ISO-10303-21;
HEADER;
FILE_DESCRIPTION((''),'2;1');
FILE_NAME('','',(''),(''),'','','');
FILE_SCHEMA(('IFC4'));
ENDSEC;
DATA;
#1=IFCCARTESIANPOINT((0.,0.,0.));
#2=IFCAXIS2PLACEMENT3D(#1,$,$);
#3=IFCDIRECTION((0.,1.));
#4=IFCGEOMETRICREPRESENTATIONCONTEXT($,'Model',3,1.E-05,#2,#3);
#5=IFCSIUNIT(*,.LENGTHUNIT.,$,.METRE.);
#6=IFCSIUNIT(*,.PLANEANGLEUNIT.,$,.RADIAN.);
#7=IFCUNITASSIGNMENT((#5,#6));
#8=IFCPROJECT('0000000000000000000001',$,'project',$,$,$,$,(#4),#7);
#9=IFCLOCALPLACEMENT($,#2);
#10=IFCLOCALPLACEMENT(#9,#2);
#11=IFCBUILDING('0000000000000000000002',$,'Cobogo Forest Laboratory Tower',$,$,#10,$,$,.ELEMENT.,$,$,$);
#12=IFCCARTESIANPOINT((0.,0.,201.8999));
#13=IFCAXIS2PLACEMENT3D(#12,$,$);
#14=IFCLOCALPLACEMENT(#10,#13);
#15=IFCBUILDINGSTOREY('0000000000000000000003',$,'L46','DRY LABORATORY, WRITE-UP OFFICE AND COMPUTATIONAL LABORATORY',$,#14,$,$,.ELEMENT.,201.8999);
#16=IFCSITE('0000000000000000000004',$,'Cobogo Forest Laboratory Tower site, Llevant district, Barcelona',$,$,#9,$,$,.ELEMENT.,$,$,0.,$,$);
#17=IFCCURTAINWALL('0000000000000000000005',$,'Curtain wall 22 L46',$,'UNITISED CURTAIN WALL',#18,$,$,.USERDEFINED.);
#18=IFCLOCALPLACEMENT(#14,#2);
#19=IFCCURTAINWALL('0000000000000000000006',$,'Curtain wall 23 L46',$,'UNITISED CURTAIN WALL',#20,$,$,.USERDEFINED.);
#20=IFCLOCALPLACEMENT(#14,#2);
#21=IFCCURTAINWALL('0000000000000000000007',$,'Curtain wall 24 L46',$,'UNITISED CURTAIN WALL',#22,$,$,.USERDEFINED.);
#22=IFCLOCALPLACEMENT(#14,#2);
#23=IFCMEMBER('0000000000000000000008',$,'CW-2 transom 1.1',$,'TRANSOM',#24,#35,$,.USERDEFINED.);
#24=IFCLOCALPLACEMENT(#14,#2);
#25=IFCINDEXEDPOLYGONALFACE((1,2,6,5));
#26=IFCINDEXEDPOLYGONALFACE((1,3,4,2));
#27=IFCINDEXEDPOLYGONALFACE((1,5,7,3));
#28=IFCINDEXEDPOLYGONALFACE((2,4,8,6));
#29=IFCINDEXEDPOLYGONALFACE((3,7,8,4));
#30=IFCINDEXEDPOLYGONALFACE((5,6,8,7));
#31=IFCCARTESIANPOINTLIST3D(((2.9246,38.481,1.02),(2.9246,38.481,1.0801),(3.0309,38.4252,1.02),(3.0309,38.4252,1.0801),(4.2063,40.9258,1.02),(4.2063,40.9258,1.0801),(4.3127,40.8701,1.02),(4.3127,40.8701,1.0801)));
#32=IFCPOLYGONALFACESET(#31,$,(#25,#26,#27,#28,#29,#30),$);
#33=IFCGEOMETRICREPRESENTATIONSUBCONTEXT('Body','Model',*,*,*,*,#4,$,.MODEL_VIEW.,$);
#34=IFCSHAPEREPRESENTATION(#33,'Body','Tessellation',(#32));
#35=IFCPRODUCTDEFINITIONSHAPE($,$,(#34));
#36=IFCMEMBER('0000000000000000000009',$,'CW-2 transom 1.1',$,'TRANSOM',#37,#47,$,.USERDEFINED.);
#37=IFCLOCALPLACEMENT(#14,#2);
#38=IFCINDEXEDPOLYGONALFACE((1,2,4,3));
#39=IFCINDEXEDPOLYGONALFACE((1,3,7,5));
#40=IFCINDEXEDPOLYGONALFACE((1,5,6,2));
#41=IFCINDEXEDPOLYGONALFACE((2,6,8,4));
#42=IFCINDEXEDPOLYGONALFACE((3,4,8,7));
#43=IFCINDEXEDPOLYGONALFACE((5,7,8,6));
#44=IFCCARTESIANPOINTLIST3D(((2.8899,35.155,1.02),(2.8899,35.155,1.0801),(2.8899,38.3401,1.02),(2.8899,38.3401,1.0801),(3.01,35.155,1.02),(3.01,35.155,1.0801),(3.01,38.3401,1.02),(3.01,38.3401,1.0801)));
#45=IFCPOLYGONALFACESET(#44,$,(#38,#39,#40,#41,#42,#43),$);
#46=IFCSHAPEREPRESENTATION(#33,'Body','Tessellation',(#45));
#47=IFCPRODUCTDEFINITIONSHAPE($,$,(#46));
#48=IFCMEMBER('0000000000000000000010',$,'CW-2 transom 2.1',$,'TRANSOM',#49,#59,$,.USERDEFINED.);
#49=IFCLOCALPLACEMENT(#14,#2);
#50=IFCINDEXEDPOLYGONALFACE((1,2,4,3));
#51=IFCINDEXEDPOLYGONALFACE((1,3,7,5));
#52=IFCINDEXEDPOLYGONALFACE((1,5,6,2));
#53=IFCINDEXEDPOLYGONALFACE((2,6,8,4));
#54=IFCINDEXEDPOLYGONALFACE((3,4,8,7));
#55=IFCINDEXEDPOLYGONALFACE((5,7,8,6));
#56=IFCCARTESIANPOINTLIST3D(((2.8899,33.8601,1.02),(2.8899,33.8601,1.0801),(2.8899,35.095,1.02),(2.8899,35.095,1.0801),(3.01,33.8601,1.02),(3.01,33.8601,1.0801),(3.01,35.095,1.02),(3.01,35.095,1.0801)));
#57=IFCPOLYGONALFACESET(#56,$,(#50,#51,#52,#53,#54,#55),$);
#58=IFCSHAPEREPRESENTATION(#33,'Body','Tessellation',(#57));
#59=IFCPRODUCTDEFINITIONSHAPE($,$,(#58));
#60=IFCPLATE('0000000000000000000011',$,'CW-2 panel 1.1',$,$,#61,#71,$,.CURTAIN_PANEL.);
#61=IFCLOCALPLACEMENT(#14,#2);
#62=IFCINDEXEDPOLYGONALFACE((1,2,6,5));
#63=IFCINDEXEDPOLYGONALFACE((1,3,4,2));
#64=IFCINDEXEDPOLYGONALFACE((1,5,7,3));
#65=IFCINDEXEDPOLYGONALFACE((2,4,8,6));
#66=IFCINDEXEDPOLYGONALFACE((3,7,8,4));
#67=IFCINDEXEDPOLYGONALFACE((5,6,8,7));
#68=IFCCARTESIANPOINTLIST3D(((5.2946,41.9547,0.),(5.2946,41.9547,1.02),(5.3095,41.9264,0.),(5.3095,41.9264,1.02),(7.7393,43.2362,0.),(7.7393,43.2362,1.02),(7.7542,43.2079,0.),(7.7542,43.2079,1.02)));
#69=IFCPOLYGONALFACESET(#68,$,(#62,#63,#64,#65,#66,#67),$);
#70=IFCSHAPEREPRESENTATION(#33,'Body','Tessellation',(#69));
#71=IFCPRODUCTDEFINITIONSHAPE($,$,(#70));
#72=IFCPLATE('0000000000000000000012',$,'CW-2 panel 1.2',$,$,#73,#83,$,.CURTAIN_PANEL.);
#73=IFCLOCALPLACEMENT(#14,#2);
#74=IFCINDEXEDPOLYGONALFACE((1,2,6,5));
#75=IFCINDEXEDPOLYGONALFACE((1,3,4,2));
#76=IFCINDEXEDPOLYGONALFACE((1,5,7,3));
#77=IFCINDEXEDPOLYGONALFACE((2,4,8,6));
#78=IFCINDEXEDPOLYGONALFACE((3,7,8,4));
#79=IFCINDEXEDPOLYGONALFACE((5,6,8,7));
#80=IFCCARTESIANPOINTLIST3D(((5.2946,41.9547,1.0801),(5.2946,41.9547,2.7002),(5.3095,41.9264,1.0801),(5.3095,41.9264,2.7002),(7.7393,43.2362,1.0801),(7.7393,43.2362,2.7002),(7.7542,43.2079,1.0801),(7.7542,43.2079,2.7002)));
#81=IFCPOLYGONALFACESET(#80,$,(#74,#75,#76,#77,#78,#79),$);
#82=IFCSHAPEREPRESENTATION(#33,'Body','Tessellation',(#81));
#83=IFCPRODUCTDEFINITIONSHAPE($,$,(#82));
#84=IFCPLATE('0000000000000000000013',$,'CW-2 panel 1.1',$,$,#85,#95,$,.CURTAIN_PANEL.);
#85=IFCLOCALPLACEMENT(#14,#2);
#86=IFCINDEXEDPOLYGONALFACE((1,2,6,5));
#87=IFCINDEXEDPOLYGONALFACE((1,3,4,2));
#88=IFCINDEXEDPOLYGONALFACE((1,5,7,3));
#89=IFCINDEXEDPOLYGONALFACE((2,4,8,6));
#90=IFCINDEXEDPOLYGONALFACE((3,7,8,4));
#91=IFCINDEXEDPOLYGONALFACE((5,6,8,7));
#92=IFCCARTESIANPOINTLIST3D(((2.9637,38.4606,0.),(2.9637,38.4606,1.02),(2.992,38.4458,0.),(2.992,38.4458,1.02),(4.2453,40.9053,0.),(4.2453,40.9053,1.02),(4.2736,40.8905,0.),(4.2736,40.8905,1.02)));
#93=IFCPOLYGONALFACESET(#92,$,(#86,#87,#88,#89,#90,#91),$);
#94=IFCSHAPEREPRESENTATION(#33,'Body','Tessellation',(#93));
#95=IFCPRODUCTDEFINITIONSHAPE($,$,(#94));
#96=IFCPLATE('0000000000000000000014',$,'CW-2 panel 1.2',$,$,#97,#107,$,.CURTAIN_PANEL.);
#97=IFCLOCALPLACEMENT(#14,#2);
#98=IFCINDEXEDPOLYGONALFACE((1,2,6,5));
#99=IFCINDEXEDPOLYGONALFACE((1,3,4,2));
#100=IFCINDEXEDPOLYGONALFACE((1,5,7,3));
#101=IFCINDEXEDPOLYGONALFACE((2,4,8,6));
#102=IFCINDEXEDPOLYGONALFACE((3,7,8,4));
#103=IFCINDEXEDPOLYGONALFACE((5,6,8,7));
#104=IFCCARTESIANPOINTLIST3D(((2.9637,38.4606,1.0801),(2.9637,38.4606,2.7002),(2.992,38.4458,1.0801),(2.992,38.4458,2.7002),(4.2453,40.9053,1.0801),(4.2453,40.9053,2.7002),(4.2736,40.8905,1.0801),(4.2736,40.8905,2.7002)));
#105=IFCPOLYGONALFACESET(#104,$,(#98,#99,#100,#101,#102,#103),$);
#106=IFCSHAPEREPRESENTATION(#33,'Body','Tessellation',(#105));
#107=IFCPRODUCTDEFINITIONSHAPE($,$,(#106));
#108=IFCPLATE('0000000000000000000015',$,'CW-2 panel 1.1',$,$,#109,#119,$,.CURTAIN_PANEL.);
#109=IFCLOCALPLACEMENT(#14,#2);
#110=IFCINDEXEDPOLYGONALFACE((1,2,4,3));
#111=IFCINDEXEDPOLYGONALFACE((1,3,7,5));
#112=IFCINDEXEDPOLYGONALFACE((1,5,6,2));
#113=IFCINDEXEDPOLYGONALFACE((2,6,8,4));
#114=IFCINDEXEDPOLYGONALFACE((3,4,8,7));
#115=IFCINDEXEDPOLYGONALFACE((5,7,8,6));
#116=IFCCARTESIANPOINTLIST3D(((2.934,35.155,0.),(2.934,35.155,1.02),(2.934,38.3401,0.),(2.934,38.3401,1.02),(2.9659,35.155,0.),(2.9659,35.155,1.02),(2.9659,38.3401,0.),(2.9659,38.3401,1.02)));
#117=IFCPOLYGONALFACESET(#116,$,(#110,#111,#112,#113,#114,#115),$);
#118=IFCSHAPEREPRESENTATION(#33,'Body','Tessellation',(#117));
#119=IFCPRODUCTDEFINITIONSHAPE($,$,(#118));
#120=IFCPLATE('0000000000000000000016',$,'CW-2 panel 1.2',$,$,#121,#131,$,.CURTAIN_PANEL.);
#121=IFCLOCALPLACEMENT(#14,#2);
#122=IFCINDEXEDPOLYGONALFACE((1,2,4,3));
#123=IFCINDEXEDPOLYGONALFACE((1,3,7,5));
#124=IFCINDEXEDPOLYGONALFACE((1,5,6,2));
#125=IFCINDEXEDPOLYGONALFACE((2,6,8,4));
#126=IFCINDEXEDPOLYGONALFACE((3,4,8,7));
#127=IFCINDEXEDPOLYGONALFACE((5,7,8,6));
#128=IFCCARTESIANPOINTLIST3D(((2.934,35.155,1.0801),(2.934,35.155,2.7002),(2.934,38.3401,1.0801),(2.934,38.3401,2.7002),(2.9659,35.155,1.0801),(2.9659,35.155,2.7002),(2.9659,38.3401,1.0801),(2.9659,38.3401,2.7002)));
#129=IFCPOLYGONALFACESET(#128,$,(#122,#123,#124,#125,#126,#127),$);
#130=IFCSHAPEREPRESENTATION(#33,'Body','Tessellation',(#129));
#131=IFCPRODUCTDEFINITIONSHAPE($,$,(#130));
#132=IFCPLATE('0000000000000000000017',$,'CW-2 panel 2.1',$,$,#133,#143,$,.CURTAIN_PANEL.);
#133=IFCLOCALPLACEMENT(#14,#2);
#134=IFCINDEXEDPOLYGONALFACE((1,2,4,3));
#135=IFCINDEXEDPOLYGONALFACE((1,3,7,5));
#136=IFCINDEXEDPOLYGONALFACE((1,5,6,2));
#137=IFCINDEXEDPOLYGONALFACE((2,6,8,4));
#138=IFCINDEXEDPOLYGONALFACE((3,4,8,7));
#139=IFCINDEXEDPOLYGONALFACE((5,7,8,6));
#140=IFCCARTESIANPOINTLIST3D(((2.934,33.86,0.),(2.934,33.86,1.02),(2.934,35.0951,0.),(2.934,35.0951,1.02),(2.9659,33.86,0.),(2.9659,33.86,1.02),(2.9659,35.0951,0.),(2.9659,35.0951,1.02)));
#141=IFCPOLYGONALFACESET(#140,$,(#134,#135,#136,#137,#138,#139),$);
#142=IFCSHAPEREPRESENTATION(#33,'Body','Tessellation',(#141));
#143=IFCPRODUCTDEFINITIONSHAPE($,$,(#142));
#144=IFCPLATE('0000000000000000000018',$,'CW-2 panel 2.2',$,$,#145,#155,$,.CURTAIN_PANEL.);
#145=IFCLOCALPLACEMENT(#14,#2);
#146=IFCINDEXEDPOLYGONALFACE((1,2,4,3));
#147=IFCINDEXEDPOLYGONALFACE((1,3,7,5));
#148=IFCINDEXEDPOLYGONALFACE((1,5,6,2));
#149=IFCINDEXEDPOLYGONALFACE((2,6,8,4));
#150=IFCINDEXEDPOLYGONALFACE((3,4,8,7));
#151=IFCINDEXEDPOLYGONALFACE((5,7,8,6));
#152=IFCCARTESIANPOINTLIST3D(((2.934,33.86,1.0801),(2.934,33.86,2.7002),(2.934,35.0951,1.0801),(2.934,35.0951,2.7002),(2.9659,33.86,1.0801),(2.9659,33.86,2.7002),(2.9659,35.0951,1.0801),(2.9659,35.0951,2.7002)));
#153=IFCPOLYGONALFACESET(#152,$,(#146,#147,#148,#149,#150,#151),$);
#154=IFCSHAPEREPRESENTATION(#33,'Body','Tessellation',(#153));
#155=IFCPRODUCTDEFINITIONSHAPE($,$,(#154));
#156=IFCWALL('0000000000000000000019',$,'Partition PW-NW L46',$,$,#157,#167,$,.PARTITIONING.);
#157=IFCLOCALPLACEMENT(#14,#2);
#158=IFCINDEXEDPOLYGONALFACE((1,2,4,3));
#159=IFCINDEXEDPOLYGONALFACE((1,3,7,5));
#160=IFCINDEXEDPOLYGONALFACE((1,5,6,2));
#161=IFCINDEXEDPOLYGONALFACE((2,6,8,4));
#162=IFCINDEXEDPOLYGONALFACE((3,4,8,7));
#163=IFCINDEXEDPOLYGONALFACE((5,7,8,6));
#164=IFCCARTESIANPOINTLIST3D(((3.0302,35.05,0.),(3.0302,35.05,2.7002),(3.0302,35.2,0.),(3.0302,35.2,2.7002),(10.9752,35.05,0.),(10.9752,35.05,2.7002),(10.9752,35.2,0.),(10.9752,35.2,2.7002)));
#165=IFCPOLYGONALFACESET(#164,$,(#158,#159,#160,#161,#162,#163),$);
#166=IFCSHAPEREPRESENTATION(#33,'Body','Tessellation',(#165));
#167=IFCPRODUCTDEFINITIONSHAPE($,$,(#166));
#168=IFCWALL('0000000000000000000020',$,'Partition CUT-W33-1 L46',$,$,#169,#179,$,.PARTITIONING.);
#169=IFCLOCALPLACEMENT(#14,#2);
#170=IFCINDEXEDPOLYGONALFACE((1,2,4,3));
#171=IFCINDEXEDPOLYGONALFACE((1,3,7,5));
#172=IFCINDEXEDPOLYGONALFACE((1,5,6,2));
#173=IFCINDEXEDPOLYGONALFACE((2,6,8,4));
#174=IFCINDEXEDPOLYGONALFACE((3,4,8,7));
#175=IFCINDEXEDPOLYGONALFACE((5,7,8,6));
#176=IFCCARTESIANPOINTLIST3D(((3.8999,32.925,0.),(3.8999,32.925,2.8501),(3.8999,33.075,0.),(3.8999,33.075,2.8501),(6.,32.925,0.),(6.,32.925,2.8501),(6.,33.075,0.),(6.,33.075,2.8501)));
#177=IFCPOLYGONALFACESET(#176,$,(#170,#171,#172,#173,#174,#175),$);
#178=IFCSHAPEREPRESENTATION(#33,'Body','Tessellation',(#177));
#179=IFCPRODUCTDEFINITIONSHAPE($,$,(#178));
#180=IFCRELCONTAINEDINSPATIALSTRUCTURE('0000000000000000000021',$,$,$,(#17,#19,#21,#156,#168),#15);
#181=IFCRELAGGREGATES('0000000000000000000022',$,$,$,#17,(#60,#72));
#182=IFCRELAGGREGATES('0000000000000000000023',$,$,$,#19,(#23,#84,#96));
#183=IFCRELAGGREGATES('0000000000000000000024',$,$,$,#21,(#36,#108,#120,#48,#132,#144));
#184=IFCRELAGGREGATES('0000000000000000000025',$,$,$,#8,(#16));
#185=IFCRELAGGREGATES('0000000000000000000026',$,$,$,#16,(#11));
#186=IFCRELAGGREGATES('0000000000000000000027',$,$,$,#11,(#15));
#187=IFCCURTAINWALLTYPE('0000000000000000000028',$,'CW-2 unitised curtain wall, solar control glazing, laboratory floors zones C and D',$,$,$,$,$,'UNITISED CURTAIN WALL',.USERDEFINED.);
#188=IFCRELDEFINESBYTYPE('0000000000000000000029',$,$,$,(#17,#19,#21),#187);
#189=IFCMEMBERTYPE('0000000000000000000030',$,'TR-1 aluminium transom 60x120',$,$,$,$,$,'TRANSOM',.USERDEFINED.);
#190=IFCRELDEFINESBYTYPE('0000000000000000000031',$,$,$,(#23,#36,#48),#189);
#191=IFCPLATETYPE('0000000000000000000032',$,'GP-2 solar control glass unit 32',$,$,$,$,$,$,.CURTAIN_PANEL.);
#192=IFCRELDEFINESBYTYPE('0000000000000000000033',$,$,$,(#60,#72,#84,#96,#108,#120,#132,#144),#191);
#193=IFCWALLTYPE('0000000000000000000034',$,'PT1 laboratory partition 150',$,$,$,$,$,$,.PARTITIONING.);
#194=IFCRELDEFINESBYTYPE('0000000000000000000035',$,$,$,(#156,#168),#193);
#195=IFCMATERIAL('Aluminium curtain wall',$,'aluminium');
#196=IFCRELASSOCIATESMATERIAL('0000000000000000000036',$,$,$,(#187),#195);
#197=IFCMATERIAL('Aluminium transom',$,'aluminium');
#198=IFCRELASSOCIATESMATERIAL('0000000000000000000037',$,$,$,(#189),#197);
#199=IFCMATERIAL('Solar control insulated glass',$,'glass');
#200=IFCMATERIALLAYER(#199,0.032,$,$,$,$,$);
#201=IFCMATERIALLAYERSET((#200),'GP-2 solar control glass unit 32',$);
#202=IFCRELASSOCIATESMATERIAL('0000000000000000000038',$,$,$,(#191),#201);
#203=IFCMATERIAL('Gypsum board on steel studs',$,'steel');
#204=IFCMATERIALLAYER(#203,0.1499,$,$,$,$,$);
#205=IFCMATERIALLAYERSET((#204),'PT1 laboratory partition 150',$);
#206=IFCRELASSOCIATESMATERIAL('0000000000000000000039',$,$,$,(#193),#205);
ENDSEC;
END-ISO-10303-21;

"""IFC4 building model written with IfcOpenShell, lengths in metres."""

from ifc_helpers import new_model, si_unit, direction, frame, frame_2d, origin, origin_2d, place, context, subcontext, project, spatial, rectangle, extrude, material, layer, layer_set, material_profile, profile_set, type_object, element, aggregate, save


model = new_model("IFC4")

# Units and contexts
model_context = context("Model", 3, precision=1e-05, world=origin(), true_north=direction((0.0, 1.0)))
body_context = subcontext(model_context, "Body", "Model", "MODEL_VIEW")
ifc_project = project(units=[si_unit("LENGTHUNIT", "METRE"), si_unit("PLANEANGLEUNIT", "RADIAN")], contexts=[model_context])

# Site, building, storey
site_placement = place(None, origin())
site = spatial("IfcSite", under=ifc_project, at=site_placement, Name="Cobogo Forest Laboratory Tower site, Llevant district, Barcelona", CompositionType="ELEMENT", RefElevation=0.0)
building_placement = place(site_placement, origin())
building = spatial("IfcBuilding", under=site, at=building_placement, Name="Cobogo Forest Laboratory Tower", CompositionType="ELEMENT")
storey_placement = place(building_placement, frame((0.0, 0.0, 201.8999)))
storey = spatial("IfcBuildingStorey", under=building, at=storey_placement, Name="L46", Description="DRY LABORATORY, WRITE-UP OFFICE AND COMPUTATIONAL LABORATORY", CompositionType="ELEMENT", Elevation=201.8999)

# Curtain wall
ifc_material_1 = material(Name="Aluminium curtain wall", Category="aluminium")
curtain_wall_type = type_object("IfcCurtainWallType", Name="CW-2 unitised curtain wall, solar control glazing, laboratory floors zones C and D", ElementType="UNITISED CURTAIN WALL", PredefinedType="USERDEFINED", material=ifc_material_1)
curtain_wall_1_placement = place(storey_placement, origin())
curtain_wall_1 = element("IfcCurtainWall", 1, at=curtain_wall_1_placement, inside=storey, type_object=curtain_wall_type, Name="Curtain wall 22 L46", ObjectType="UNITISED CURTAIN WALL", PredefinedType="USERDEFINED")

# Curtain walls
curtain_wall_2_placement = place(storey_placement, origin())
curtain_wall_2 = element("IfcCurtainWall", 2, at=curtain_wall_2_placement, inside=storey, type_object=curtain_wall_type, Name="Curtain wall 23 L46", ObjectType="UNITISED CURTAIN WALL", PredefinedType="USERDEFINED")
curtain_wall_3_placement = place(storey_placement, origin())
curtain_wall_3 = element("IfcCurtainWall", 3, at=curtain_wall_3_placement, inside=storey, type_object=curtain_wall_type, Name="Curtain wall 24 L46", ObjectType="UNITISED CURTAIN WALL", PredefinedType="USERDEFINED")

# Members
ifc_material_2 = material(Name="Aluminium transom", Category="aluminium")
ifc_material_profile_1 = material_profile(ifc_material_2, rectangle(XDim=0.1201, YDim=0.0601, at=origin_2d()), Name="AL 60x120")
ifc_profile_set_1 = profile_set([ifc_material_profile_1], Name="Aluminium transom")
member_type_1 = type_object("IfcMemberType", Name="TR-1 aluminium transom 60x120", ElementType="TRANSOM", PredefinedType="USERDEFINED", material=ifc_profile_set_1)
member_1_placement = place(storey_placement, frame((4.2595, 40.8979, 1.05), z_axis=(-0.464324, -0.885665, 0.0), x_axis=(0.885665, -0.464324, 0.0)))
member_1 = element("IfcMember", 4, at=member_1_placement, type_object=member_type_1, Name="CW-2 transom 1.1", ObjectType="TRANSOM", PredefinedType="USERDEFINED", context=body_context, shape_type="SweptSolid", body=[
    extrude(rectangle(XDim=0.1201, YDim=0.0601, at=origin_2d()), origin(), (0.0, 0.0, 1.0), 2.7605),
])
member_2_placement = place(storey_placement, frame((2.95, 38.3401, 1.05), z_axis=(0.0, -1.0, 0.0), x_axis=(1.0, 0.0, 0.0)))
member_2 = element("IfcMember", 5, at=member_2_placement, type_object=member_type_1, Name="CW-2 transom 1.1", ObjectType="TRANSOM", PredefinedType="USERDEFINED", context=body_context, shape_type="SweptSolid", body=[
    extrude(rectangle(XDim=0.1201, YDim=0.0601, at=origin_2d()), origin(), (0.0, 0.0, 1.0), 3.1851),
])
member_3_placement = place(storey_placement, frame((2.95, 35.095, 1.05), z_axis=(0.0, -1.0, 0.0), x_axis=(1.0, 0.0, 0.0)))
member_3 = element("IfcMember", 6, at=member_3_placement, type_object=member_type_1, Name="CW-2 transom 2.1", ObjectType="TRANSOM", PredefinedType="USERDEFINED", context=body_context, shape_type="SweptSolid", body=[
    extrude(rectangle(XDim=0.1201, YDim=0.0601, at=origin_2d()), origin(), (0.0, 0.0, 1.0), 1.2349),
])

# Plates
ifc_material_3 = material(Name="Solar control insulated glass", Category="glass")
ifc_layer_1 = layer(ifc_material_3, 0.032)
ifc_layer_set_1 = layer_set([ifc_layer_1], Name="GP-2 solar control glass unit 32")
plate_type = type_object("IfcPlateType", Name="GP-2 solar control glass unit 32", PredefinedType="CURTAIN_PANEL", material=ifc_layer_set_1)
plate_1_placement = place(storey_placement, frame((6.5244, 42.5813, 0.0), z_axis=(0.0, 0.0, 1.0), x_axis=(-0.885686, -0.464284, 0.0)))
plate_1 = element("IfcPlate", 7, at=plate_1_placement, type_object=plate_type, Name="CW-2 panel 1.1", PredefinedType="CURTAIN_PANEL", context=body_context, shape_type="SweptSolid", body=[
    extrude(rectangle(XDim=2.7603, YDim=0.032, at=origin_2d()), origin(), (0.0, 0.0, 1.0), 1.02),
])
plate_2_placement = place(storey_placement, frame((6.5244, 42.5813, 1.0801), z_axis=(0.0, 0.0, 1.0), x_axis=(-0.885686, -0.464284, 0.0)))
plate_2 = element("IfcPlate", 8, at=plate_2_placement, type_object=plate_type, Name="CW-2 panel 1.2", PredefinedType="CURTAIN_PANEL", context=body_context, shape_type="SweptSolid", body=[
    extrude(rectangle(XDim=2.7603, YDim=0.032, at=origin_2d()), origin(), (0.0, 0.0, 1.0), 1.6201),
])
aggregate(curtain_wall_1, [plate_1, plate_2])
plate_3_placement = place(storey_placement, frame((3.6187, 39.6755, 0.0), z_axis=(0.0, 0.0, 1.0), x_axis=(-0.464284, -0.885686, 0.0)))
plate_3 = element("IfcPlate", 9, at=plate_3_placement, type_object=plate_type, Name="CW-2 panel 1.1", PredefinedType="CURTAIN_PANEL", context=body_context, shape_type="SweptSolid", body=[
    extrude(rectangle(XDim=2.7603, YDim=0.032, at=origin_2d()), origin(), (0.0, 0.0, 1.0), 1.02),
])
plate_4_placement = place(storey_placement, frame((3.6187, 39.6755, 1.0801), z_axis=(0.0, 0.0, 1.0), x_axis=(-0.464284, -0.885686, 0.0)))
plate_4 = element("IfcPlate", 10, at=plate_4_placement, type_object=plate_type, Name="CW-2 panel 1.2", PredefinedType="CURTAIN_PANEL", context=body_context, shape_type="SweptSolid", body=[
    extrude(rectangle(XDim=2.7603, YDim=0.032, at=origin_2d()), origin(), (0.0, 0.0, 1.0), 1.6201),
])
aggregate(curtain_wall_2, [member_1, plate_3, plate_4])
plate_5_placement = place(storey_placement, frame((2.95, 36.7476, 0.0), z_axis=(0.0, 0.0, 1.0), x_axis=(0.0, -1.0, 0.0)))
plate_5 = element("IfcPlate", 11, at=plate_5_placement, type_object=plate_type, Name="CW-2 panel 1.1", PredefinedType="CURTAIN_PANEL", context=body_context, shape_type="SweptSolid", body=[
    extrude(rectangle(XDim=3.1851, YDim=0.032, at=origin_2d()), origin(), (0.0, 0.0, 1.0), 1.02),
])
plate_6_placement = place(storey_placement, frame((2.95, 36.7476, 1.0801), z_axis=(0.0, 0.0, 1.0), x_axis=(0.0, -1.0, 0.0)))
plate_6 = element("IfcPlate", 12, at=plate_6_placement, type_object=plate_type, Name="CW-2 panel 1.2", PredefinedType="CURTAIN_PANEL", context=body_context, shape_type="SweptSolid", body=[
    extrude(rectangle(XDim=3.1851, YDim=0.032, at=origin_2d()), origin(), (0.0, 0.0, 1.0), 1.6201),
])
plate_7_placement = place(storey_placement, frame((2.95, 34.4775, 0.0), z_axis=(0.0, 0.0, 1.0), x_axis=(0.0, -1.0, 0.0)))
plate_7 = element("IfcPlate", 13, at=plate_7_placement, type_object=plate_type, Name="CW-2 panel 2.1", PredefinedType="CURTAIN_PANEL", context=body_context, shape_type="SweptSolid", body=[
    extrude(rectangle(XDim=1.2351, YDim=0.032, at=origin_2d()), origin(), (0.0, 0.0, 1.0), 1.02),
])
plate_8_placement = place(storey_placement, frame((2.95, 34.4775, 1.0801), z_axis=(0.0, 0.0, 1.0), x_axis=(0.0, -1.0, 0.0)))
plate_8 = element("IfcPlate", 14, at=plate_8_placement, type_object=plate_type, Name="CW-2 panel 2.2", PredefinedType="CURTAIN_PANEL", context=body_context, shape_type="SweptSolid", body=[
    extrude(rectangle(XDim=1.2351, YDim=0.032, at=origin_2d()), origin(), (0.0, 0.0, 1.0), 1.6201),
])
aggregate(curtain_wall_3, [member_2, plate_5, plate_6, member_3, plate_7, plate_8])

# Walls
ifc_material_4 = material(Name="Gypsum board on steel studs", Category="steel")
ifc_layer_2 = layer(ifc_material_4, 0.1499)
ifc_layer_set_2 = layer_set([ifc_layer_2], Name="PT1 laboratory partition 150")
wall_type = type_object("IfcWallType", Name="PT1 laboratory partition 150", PredefinedType="PARTITIONING", material=ifc_layer_set_2)
wall_1_placement = place(storey_placement, frame((3.03, 35.125, 0.0), z_axis=(0.0, 0.0, 1.0), x_axis=(1.0, 0.0, 0.0)))
element("IfcWall", 15, at=wall_1_placement, inside=storey, type_object=wall_type, Name="Partition PW-NW L46", PredefinedType="PARTITIONING", context=body_context, shape_type="SweptSolid", body=[
    extrude(rectangle(XDim=7.9451, YDim=0.1499, at=frame_2d((3.9727, 0.0))), origin(), (0.0, 0.0, 1.0), 2.7002),
])
wall_2_placement = place(storey_placement, frame((3.8999, 33.0, 0.0), z_axis=(0.0, 0.0, 1.0), x_axis=(1.0, 0.0, 0.0)))
element("IfcWall", 16, at=wall_2_placement, inside=storey, type_object=wall_type, Name="Partition CUT-W33-1 L46", PredefinedType="PARTITIONING", context=body_context, shape_type="SweptSolid", body=[
    extrude(rectangle(XDim=2.1001, YDim=0.1499, at=frame_2d((1.05, 0.0))), origin(), (0.0, 0.0, 1.0), 2.8501),
])

save(model, "model.ifc")
